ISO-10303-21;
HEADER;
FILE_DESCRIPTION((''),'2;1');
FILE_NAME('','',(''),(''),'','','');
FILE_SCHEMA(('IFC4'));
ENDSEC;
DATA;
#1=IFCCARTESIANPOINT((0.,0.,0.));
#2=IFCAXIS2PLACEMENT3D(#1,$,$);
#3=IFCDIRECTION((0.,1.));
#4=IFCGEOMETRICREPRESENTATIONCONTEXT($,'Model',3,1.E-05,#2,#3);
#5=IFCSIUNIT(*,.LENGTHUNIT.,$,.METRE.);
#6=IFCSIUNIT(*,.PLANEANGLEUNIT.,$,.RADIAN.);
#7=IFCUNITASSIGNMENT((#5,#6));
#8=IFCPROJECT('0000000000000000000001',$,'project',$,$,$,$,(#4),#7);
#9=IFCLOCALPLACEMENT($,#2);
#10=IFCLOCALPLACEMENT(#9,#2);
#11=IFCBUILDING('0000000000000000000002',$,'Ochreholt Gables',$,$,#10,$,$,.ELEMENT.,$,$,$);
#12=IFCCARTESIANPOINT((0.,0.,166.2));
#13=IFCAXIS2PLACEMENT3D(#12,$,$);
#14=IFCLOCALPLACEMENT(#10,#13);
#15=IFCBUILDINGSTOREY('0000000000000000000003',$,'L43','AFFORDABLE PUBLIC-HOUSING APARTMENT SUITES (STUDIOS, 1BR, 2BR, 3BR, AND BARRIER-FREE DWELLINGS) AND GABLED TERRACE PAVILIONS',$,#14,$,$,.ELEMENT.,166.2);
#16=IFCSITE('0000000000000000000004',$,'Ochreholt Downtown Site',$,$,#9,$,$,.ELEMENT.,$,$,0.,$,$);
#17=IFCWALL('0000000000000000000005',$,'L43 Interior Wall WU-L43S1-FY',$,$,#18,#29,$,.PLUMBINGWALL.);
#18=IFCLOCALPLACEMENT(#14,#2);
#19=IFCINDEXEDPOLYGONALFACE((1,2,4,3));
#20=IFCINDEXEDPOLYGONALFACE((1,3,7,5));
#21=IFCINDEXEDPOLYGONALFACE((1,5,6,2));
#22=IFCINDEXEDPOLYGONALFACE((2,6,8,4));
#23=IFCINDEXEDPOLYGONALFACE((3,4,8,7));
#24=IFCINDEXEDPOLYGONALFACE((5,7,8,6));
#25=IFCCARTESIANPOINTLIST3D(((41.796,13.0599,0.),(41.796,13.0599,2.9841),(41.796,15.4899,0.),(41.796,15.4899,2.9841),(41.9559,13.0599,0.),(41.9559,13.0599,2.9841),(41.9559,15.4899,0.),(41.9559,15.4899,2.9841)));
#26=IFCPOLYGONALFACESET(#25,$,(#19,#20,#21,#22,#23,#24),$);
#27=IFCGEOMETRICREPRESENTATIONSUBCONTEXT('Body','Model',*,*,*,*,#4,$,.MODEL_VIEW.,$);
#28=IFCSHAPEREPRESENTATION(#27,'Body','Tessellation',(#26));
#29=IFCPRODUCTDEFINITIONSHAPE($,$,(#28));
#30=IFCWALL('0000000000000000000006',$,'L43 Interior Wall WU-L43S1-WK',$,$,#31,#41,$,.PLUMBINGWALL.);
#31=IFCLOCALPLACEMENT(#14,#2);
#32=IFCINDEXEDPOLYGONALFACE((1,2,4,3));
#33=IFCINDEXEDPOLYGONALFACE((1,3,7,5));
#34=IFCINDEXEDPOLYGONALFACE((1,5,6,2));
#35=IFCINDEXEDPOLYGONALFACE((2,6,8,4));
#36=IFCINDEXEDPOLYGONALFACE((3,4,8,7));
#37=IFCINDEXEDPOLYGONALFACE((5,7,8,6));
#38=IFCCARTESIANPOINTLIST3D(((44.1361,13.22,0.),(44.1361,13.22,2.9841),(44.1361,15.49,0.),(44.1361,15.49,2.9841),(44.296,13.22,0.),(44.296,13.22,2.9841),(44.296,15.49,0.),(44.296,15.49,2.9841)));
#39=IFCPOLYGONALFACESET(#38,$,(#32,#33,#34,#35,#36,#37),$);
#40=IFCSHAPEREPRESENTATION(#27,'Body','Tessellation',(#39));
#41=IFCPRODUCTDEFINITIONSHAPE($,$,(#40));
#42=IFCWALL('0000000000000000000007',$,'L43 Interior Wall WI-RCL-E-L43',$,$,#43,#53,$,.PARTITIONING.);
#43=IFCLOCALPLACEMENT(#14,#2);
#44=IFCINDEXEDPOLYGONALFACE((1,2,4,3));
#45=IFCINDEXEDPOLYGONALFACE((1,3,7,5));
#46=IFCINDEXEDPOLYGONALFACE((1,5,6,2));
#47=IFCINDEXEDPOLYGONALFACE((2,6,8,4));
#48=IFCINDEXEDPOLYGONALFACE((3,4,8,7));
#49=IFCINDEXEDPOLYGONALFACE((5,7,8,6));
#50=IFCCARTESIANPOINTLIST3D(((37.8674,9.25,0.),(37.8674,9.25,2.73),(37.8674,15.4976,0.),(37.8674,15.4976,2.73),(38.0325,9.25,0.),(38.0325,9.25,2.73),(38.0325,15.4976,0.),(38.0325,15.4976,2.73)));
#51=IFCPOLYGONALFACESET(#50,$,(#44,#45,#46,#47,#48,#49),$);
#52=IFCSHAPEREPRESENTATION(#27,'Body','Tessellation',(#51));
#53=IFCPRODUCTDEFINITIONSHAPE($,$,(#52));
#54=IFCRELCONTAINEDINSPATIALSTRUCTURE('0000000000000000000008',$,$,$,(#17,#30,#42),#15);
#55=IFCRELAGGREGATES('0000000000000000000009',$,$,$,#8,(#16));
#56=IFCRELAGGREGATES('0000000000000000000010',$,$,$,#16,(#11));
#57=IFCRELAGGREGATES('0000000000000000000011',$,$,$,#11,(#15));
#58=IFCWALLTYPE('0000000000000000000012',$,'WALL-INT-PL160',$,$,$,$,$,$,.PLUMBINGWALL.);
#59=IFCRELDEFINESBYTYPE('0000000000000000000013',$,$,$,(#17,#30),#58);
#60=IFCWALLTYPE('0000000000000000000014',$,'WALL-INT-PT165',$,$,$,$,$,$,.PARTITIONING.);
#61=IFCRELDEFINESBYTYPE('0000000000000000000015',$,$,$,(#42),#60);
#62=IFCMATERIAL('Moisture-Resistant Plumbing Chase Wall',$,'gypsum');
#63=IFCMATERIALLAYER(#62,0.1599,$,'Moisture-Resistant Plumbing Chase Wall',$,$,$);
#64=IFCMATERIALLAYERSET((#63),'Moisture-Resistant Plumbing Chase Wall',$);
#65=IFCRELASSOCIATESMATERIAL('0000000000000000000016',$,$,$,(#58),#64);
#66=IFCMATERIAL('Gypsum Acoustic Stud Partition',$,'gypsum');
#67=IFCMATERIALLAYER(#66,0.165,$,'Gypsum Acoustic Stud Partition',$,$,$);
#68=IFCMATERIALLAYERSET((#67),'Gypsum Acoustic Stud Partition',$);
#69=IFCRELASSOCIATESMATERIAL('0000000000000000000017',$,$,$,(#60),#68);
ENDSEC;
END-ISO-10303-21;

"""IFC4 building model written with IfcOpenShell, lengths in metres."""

from ifc_helpers import new_model, si_unit, direction, frame, frame_2d, origin, place, context, subcontext, project, spatial, rectangle, extrude, material, layer, layer_set, type_object, element, save


model = new_model("IFC4")

# Units and contexts
model_context = context("Model", 3, precision=1e-05, world=origin(), true_north=direction((0.0, 1.0)))
body_context = subcontext(model_context, "Body", "Model", "MODEL_VIEW")
ifc_project = project(units=[si_unit("LENGTHUNIT", "METRE"), si_unit("PLANEANGLEUNIT", "RADIAN")], contexts=[model_context])

# Site, building, storey
site_placement = place(None, origin())
site = spatial("IfcSite", under=ifc_project, at=site_placement, Name="Ochreholt Downtown Site", CompositionType="ELEMENT", RefElevation=0.0)
building_placement = place(site_placement, origin())
building = spatial("IfcBuilding", under=site, at=building_placement, Name="Ochreholt Gables", CompositionType="ELEMENT")
storey_placement = place(building_placement, frame((0.0, 0.0, 166.2)))
storey = spatial("IfcBuildingStorey", under=building, at=storey_placement, Name="L43", Description="AFFORDABLE PUBLIC-HOUSING APARTMENT SUITES (STUDIOS, 1BR, 2BR, 3BR, AND BARRIER-FREE DWELLINGS) AND GABLED TERRACE PAVILIONS", CompositionType="ELEMENT", Elevation=166.2)

# Shared definitions
ifc_material_1 = material(Name="Moisture-Resistant Plumbing Chase Wall", Category="gypsum")
ifc_layer_1 = layer(ifc_material_1, 0.1599, Name="Moisture-Resistant Plumbing Chase Wall")
ifc_layer_set_1 = layer_set([ifc_layer_1], Name="Moisture-Resistant Plumbing Chase Wall")
wall_type_1 = type_object("IfcWallType", Name="WALL-INT-PL160", PredefinedType="PLUMBINGWALL", material=ifc_layer_set_1)

# Walls
wall_1_placement = place(storey_placement, frame((41.876, 13.0601, 0.0), z_axis=(0.0, 0.0, 1.0), x_axis=(0.0, 1.0, 0.0)))
element("IfcWall", 1, at=wall_1_placement, inside=storey, type_object=wall_type_1, Name="L43 Interior Wall WU-L43S1-FY", PredefinedType="PLUMBINGWALL", context=body_context, shape_type="SweptSolid", body=[
    extrude(rectangle(XDim=2.4299, YDim=0.1599, at=frame_2d((1.2148, 0.0))), origin(), (0.0, 0.0, 1.0), 2.9841),
])
wall_2_placement = place(storey_placement, frame((44.2161, 13.22, 0.0), z_axis=(0.0, 0.0, 1.0), x_axis=(0.0, 1.0, 0.0)))
element("IfcWall", 2, at=wall_2_placement, inside=storey, type_object=wall_type_1, Name="L43 Interior Wall WU-L43S1-WK", PredefinedType="PLUMBINGWALL", context=body_context, shape_type="SweptSolid", body=[
    extrude(rectangle(XDim=2.27, YDim=0.1599, at=frame_2d((1.135, 0.0))), origin(), (0.0, 0.0, 1.0), 2.9841),
])
ifc_material_2 = material(Name="Gypsum Acoustic Stud Partition", Category="gypsum")
ifc_layer_2 = layer(ifc_material_2, 0.165, Name="Gypsum Acoustic Stud Partition")
ifc_layer_set_2 = layer_set([ifc_layer_2], Name="Gypsum Acoustic Stud Partition")
wall_type_2 = type_object("IfcWallType", Name="WALL-INT-PT165", PredefinedType="PARTITIONING", material=ifc_layer_set_2)
wall_3_placement = place(storey_placement, frame((37.95, 9.25, 0.0), z_axis=(0.0, 0.0, 1.0), x_axis=(0.0, 1.0, 0.0)))
element("IfcWall", 3, at=wall_3_placement, inside=storey, type_object=wall_type_2, Name="L43 Interior Wall WI-RCL-E-L43", PredefinedType="PARTITIONING", context=body_context, shape_type="SweptSolid", body=[
    extrude(rectangle(XDim=6.2476, YDim=0.165, at=frame_2d((3.1238, 0.0))), origin(), (0.0, 0.0, 1.0), 2.73),
])

save(model, "model.ifc")
